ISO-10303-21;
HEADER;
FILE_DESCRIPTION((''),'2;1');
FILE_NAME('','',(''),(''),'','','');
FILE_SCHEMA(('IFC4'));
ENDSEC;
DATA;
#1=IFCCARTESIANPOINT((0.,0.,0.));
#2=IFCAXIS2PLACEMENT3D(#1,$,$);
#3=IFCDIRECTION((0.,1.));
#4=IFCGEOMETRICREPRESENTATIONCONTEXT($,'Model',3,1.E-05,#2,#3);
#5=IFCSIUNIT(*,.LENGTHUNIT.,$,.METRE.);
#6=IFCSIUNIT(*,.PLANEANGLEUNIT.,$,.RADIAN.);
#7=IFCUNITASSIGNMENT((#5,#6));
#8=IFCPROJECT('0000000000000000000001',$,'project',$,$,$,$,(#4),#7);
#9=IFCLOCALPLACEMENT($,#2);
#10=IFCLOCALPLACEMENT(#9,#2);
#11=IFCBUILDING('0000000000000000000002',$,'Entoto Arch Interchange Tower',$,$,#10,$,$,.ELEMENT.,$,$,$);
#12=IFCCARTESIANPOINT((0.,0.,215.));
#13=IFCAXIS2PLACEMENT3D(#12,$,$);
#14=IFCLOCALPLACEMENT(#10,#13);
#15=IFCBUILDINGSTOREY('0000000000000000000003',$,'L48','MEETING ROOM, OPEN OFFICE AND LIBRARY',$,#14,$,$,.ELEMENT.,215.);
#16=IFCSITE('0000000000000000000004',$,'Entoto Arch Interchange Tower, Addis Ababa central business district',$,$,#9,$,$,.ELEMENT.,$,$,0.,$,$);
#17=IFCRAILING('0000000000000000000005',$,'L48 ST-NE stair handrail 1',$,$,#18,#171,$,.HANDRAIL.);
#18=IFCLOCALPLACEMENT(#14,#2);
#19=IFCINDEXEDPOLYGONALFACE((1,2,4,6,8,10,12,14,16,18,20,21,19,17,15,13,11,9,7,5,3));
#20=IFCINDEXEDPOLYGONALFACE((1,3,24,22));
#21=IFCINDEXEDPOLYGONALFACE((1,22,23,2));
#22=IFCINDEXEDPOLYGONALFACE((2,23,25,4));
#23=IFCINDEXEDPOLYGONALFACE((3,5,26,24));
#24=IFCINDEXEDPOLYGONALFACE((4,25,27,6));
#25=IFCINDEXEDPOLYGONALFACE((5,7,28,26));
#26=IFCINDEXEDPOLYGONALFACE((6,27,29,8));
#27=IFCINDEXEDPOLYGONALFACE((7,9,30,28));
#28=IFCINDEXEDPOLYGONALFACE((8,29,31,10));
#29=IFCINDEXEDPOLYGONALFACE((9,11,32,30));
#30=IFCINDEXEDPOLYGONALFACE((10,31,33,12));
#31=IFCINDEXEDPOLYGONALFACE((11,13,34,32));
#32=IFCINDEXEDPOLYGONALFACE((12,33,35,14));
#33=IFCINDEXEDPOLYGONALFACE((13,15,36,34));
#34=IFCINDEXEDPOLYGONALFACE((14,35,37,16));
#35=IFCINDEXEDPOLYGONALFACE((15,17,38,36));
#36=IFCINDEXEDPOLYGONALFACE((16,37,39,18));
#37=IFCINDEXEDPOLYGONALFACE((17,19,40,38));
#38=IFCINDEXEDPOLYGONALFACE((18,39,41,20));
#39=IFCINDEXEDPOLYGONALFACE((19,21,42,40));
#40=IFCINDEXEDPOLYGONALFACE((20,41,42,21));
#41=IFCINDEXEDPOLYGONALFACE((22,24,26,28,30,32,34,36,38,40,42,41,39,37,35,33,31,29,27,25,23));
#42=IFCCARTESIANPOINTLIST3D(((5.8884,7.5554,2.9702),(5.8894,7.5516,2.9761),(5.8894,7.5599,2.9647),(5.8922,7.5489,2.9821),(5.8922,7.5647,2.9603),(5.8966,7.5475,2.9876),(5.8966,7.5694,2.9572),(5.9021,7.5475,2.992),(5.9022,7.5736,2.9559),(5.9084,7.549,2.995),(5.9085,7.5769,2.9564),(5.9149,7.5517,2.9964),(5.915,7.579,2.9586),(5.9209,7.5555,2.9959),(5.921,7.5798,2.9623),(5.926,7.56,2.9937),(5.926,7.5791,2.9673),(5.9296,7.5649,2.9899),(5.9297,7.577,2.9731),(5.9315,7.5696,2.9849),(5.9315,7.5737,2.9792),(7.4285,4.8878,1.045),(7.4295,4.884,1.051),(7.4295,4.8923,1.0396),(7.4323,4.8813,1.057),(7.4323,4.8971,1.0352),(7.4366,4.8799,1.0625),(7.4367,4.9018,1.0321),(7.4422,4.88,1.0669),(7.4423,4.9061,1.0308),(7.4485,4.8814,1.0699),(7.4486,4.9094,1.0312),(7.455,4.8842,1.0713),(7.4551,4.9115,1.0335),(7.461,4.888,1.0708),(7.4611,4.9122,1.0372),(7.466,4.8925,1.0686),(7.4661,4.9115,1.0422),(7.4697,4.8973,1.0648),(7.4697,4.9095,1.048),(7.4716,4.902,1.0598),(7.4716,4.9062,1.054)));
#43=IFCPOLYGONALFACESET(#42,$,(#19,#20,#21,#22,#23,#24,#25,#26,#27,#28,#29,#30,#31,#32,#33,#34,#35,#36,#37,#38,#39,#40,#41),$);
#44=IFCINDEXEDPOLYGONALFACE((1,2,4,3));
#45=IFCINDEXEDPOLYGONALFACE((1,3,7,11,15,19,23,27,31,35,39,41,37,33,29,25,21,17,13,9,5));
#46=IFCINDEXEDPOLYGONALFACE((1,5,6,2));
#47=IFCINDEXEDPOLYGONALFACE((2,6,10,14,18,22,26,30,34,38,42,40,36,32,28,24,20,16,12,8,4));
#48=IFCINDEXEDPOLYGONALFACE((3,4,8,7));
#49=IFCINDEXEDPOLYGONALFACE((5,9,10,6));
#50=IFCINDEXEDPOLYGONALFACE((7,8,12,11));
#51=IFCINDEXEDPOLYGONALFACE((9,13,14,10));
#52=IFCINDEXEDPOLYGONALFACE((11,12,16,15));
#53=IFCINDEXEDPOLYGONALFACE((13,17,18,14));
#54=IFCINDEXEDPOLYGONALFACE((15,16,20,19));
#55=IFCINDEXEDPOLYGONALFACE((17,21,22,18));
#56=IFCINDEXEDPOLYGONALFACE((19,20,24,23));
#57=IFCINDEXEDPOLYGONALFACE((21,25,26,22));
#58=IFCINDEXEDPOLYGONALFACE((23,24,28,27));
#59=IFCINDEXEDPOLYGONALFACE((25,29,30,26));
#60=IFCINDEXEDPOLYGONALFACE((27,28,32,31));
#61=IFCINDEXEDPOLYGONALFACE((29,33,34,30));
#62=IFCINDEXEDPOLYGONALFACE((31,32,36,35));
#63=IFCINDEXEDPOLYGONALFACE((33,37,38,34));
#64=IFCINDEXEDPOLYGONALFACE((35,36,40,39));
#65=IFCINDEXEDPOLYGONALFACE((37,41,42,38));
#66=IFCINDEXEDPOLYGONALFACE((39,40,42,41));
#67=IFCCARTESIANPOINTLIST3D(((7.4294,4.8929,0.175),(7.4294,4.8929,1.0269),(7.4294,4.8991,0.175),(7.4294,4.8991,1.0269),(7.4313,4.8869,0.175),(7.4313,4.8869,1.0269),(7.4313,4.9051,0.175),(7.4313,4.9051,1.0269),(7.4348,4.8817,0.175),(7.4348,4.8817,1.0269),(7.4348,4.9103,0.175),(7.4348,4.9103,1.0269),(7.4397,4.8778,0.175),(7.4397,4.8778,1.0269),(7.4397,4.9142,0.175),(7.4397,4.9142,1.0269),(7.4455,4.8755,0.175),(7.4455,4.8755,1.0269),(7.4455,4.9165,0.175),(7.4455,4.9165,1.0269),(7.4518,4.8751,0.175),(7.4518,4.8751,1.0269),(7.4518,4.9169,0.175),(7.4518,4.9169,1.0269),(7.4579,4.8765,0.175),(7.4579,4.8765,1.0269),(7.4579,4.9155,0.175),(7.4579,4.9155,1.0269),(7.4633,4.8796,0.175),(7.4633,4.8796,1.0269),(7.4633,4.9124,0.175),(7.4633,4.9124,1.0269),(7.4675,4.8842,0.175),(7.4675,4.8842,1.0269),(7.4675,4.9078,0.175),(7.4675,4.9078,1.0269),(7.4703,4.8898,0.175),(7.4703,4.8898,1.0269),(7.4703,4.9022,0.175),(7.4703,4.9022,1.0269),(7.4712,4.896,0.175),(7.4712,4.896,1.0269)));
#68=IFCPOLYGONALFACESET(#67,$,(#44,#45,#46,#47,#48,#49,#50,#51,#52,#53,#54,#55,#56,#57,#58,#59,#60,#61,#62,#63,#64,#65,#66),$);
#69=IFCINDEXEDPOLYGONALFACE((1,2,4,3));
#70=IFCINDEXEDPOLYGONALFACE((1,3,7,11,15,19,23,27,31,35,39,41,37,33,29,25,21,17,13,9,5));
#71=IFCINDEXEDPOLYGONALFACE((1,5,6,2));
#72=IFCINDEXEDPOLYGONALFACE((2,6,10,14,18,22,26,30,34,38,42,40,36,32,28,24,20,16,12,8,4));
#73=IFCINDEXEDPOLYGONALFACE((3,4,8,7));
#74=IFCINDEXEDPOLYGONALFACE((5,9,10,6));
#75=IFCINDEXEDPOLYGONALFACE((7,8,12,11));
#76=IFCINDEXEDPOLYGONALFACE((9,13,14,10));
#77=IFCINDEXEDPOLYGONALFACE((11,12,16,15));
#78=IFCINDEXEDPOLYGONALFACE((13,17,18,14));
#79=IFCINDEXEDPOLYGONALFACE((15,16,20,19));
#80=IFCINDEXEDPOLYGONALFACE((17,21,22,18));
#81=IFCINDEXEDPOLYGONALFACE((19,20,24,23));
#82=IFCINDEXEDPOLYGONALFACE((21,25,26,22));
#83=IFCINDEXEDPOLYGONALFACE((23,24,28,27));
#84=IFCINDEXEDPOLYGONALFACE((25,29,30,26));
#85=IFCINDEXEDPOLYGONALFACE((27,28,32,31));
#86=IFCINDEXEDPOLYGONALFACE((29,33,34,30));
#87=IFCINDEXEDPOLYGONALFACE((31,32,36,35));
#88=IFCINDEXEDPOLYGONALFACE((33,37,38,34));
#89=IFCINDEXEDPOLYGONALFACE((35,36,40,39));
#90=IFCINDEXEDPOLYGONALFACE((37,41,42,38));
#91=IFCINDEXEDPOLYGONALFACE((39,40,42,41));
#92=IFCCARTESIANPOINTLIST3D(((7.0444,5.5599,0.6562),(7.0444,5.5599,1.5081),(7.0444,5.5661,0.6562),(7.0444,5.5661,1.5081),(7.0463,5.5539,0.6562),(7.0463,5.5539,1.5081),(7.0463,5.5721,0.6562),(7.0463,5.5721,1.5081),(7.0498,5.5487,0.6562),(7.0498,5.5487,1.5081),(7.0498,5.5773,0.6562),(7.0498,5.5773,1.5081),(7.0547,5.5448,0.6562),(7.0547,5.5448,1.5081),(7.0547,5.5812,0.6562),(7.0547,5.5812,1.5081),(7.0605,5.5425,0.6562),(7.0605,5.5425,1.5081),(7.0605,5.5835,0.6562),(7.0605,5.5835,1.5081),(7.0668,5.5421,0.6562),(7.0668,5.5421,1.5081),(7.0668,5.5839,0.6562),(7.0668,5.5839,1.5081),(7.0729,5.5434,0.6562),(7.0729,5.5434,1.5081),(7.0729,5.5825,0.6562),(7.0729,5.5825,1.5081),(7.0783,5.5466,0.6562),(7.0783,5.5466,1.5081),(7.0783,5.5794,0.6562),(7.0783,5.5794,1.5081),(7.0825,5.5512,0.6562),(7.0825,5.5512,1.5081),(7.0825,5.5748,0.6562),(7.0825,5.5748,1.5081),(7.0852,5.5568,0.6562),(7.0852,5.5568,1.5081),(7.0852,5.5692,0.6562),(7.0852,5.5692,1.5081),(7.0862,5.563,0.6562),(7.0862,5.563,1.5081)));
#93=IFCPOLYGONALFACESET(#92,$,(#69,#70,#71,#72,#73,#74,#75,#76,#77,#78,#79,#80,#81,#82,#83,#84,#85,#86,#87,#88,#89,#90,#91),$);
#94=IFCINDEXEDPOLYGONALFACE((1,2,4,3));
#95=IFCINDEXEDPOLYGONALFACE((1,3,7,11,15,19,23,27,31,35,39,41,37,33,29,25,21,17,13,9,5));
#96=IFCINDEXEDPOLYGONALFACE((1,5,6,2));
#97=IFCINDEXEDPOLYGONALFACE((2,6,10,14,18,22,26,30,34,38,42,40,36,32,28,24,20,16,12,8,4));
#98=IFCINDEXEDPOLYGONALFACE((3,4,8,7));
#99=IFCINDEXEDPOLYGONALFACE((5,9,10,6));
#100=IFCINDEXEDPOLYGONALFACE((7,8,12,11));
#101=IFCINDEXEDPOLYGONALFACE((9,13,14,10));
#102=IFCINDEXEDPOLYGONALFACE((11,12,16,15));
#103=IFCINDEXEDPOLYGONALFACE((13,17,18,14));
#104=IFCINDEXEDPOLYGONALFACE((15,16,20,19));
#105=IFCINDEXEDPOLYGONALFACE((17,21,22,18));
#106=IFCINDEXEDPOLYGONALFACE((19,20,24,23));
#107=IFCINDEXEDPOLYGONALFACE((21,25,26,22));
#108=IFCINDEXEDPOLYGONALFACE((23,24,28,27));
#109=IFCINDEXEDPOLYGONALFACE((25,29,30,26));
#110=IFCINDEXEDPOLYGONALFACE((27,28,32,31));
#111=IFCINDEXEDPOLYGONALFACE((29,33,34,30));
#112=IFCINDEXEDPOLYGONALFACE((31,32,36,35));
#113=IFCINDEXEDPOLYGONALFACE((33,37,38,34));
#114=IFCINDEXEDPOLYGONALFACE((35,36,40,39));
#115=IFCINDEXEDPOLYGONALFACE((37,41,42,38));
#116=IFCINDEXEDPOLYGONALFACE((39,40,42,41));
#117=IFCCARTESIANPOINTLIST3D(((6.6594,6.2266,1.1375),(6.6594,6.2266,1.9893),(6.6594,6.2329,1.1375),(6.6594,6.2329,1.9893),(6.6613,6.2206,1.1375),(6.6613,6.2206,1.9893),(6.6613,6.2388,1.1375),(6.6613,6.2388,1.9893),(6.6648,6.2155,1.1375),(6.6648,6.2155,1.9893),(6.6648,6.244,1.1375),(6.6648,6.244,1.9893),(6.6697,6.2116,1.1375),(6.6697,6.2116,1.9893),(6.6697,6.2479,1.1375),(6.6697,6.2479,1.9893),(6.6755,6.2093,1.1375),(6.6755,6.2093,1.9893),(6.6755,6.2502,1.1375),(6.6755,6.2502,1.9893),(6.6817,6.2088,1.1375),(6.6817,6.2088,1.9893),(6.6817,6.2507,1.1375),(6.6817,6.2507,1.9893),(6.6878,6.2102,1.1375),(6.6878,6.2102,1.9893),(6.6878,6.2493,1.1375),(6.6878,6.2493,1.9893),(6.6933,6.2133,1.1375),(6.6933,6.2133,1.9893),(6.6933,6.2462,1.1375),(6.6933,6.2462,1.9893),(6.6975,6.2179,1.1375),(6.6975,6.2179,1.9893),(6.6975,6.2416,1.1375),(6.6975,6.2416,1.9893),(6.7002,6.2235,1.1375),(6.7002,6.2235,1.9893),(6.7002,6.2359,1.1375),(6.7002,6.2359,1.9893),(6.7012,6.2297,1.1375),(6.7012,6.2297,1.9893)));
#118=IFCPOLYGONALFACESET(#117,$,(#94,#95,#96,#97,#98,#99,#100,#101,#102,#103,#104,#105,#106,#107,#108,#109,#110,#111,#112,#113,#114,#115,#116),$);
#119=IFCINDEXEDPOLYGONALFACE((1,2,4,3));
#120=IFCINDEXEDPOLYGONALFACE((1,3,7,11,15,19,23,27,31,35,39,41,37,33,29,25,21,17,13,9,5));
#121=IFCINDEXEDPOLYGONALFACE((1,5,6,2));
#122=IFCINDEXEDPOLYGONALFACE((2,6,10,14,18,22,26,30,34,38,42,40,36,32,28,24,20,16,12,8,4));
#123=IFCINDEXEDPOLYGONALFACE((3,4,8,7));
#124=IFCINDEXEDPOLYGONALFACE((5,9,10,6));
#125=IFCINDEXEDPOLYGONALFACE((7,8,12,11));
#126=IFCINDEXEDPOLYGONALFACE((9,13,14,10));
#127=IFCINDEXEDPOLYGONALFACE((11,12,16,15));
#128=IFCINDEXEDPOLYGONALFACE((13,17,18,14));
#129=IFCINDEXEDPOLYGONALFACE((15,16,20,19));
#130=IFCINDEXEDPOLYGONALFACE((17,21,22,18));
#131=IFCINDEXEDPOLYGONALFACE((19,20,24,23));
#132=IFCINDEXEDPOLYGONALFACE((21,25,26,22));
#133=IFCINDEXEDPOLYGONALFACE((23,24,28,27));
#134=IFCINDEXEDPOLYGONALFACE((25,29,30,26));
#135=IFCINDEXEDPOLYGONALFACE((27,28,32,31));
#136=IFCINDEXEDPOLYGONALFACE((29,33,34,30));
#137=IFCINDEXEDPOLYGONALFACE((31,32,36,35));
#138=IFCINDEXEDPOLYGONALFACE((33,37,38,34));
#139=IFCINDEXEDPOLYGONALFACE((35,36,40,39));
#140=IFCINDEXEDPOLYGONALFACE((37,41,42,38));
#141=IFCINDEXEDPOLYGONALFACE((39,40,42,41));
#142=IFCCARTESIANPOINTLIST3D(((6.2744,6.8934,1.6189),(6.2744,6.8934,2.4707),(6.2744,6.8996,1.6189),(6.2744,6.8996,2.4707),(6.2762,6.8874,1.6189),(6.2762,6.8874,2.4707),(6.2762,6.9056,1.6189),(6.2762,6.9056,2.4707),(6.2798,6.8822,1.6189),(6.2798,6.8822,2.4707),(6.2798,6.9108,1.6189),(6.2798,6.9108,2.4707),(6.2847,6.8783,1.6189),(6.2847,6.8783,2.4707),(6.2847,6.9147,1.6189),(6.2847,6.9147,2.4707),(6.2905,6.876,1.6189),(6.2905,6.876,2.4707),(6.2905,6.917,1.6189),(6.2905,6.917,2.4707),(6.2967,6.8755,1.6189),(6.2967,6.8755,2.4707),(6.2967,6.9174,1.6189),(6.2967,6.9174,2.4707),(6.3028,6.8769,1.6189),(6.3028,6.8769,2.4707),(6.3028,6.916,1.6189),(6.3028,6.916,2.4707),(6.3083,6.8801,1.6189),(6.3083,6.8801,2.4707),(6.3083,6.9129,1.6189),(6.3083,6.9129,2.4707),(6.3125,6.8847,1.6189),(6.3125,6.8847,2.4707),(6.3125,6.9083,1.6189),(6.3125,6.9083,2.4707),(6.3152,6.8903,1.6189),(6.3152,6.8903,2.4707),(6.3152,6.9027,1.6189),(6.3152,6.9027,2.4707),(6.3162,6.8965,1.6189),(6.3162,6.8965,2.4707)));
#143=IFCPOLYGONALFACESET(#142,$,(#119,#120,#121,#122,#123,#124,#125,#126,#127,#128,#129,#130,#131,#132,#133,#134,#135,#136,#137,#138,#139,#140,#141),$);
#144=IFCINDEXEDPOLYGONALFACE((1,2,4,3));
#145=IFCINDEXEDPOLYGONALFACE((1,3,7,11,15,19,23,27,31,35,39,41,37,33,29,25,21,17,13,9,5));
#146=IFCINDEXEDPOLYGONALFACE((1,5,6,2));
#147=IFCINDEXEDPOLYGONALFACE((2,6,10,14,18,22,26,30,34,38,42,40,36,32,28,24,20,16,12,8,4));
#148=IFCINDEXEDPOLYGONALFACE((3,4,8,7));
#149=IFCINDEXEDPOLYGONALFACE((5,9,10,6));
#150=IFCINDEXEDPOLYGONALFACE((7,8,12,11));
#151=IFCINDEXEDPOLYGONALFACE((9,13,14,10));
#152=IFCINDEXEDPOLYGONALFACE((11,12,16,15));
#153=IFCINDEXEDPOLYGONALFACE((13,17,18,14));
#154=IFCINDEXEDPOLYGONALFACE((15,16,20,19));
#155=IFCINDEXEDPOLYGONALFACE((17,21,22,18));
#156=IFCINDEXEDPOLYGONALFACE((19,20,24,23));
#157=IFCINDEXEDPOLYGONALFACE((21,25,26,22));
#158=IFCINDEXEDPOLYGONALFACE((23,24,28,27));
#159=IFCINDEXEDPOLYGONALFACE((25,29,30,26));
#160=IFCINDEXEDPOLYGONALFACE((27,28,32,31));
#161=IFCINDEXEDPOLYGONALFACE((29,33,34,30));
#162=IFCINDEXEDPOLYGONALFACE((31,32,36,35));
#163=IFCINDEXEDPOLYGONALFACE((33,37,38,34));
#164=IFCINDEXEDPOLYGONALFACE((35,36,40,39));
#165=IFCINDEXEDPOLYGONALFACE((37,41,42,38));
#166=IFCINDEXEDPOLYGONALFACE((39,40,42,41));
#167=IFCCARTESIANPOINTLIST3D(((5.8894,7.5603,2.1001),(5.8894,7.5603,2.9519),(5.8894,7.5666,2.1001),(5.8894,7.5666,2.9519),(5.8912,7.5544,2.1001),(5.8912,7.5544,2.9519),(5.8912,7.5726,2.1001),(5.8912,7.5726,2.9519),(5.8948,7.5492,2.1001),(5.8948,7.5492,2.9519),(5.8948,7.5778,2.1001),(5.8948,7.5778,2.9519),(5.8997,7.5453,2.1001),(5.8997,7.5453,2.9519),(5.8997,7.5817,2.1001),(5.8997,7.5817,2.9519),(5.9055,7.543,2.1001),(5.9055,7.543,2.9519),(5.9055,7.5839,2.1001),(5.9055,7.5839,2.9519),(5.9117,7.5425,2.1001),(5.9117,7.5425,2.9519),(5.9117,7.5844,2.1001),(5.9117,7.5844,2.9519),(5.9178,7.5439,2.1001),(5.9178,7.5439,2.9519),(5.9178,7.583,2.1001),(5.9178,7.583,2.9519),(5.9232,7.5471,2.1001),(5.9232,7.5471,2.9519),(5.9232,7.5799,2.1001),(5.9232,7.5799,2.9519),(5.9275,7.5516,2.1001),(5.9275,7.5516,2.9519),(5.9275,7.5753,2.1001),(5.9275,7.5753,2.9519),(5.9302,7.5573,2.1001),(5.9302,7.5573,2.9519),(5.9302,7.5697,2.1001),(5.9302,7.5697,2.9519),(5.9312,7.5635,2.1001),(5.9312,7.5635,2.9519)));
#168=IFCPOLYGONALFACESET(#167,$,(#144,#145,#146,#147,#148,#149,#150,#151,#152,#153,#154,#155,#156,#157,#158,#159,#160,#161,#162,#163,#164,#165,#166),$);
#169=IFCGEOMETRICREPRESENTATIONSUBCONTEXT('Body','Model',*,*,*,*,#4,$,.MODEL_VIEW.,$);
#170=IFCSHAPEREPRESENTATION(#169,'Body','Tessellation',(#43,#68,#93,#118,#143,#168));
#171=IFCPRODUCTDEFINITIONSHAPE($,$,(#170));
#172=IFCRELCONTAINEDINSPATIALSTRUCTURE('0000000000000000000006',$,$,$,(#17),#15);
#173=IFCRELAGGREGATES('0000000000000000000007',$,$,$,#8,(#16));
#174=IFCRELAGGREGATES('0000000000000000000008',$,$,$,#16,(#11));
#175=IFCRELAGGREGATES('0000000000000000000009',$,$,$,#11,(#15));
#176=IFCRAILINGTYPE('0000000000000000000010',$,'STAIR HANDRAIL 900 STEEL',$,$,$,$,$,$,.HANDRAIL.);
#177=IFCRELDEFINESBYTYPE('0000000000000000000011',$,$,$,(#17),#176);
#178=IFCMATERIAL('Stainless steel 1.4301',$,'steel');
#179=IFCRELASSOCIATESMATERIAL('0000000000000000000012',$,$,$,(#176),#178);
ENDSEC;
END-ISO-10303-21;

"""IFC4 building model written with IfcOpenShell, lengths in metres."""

from ifc_helpers import new_model, si_unit, direction, frame, origin, origin_2d, place, context, subcontext, project, spatial, circle, extrude, material, type_object, element, save


model = new_model("IFC4")

# Units and contexts
model_context = context("Model", 3, precision=1e-05, world=origin(), true_north=direction((0.0, 1.0)))
body_context = subcontext(model_context, "Body", "Model", "MODEL_VIEW")
ifc_project = project(units=[si_unit("LENGTHUNIT", "METRE"), si_unit("PLANEANGLEUNIT", "RADIAN")], contexts=[model_context])

# Site, building, storey
site_placement = place(None, origin())
site = spatial("IfcSite", under=ifc_project, at=site_placement, Name="Entoto Arch Interchange Tower, Addis Ababa central business district", CompositionType="ELEMENT", RefElevation=0.0)
building_placement = place(site_placement, origin())
building = spatial("IfcBuilding", under=site, at=building_placement, Name="Entoto Arch Interchange Tower", CompositionType="ELEMENT")
storey_placement = place(building_placement, frame((0.0, 0.0, 215.0)))
storey = spatial("IfcBuildingStorey", under=building, at=storey_placement, Name="L48", Description="MEETING ROOM, OPEN OFFICE AND LIBRARY", CompositionType="ELEMENT", Elevation=215.0)

# Railing
ifc_material_1 = material(Name="Stainless steel 1.4301", Category="steel")
railing_type_1 = type_object("IfcRailingType", Name="STAIR HANDRAIL 900 STEEL", PredefinedType="HANDRAIL", material=ifc_material_1)
railing_1_placement = place(storey_placement, frame((7.4502, 4.896, 0.175)))
element("IfcRailing", 1, at=railing_1_placement, inside=storey, type_object=railing_type_1, Name="L48 ST-NE stair handrail 1", PredefinedType="HANDRAIL", context=body_context, shape_type="SweptSolid", body=[
    extrude(circle(Radius=0.0239, at=origin_2d()), frame((0.0, 0.0, 0.876), z_axis=(-0.423994, 0.734395, 0.529993), x_axis=(-0.86603, -0.499992, 0.0)), (0.0, 0.0, 1.0), 3.6323),
    extrude(circle(Radius=0.021, at=origin_2d()), origin(), (0.0, 0.0, 1.0), 0.8518),
    extrude(circle(Radius=0.021, at=origin_2d()), frame((-0.385, 0.667, 0.4812)), (0.0, 0.0, 1.0), 0.8518),
    extrude(circle(Radius=0.021, at=origin_2d()), frame((-0.77, 1.3337, 0.9624)), (0.0, 0.0, 1.0), 0.8518),
    extrude(circle(Radius=0.021, at=origin_2d()), frame((-1.155, 2.0005, 1.4438)), (0.0, 0.0, 1.0), 0.8518),
    extrude(circle(Radius=0.021, at=origin_2d()), frame((-1.54, 2.6675, 1.925)), (0.0, 0.0, 1.0), 0.8518),
])

save(model, "model.ifc")
